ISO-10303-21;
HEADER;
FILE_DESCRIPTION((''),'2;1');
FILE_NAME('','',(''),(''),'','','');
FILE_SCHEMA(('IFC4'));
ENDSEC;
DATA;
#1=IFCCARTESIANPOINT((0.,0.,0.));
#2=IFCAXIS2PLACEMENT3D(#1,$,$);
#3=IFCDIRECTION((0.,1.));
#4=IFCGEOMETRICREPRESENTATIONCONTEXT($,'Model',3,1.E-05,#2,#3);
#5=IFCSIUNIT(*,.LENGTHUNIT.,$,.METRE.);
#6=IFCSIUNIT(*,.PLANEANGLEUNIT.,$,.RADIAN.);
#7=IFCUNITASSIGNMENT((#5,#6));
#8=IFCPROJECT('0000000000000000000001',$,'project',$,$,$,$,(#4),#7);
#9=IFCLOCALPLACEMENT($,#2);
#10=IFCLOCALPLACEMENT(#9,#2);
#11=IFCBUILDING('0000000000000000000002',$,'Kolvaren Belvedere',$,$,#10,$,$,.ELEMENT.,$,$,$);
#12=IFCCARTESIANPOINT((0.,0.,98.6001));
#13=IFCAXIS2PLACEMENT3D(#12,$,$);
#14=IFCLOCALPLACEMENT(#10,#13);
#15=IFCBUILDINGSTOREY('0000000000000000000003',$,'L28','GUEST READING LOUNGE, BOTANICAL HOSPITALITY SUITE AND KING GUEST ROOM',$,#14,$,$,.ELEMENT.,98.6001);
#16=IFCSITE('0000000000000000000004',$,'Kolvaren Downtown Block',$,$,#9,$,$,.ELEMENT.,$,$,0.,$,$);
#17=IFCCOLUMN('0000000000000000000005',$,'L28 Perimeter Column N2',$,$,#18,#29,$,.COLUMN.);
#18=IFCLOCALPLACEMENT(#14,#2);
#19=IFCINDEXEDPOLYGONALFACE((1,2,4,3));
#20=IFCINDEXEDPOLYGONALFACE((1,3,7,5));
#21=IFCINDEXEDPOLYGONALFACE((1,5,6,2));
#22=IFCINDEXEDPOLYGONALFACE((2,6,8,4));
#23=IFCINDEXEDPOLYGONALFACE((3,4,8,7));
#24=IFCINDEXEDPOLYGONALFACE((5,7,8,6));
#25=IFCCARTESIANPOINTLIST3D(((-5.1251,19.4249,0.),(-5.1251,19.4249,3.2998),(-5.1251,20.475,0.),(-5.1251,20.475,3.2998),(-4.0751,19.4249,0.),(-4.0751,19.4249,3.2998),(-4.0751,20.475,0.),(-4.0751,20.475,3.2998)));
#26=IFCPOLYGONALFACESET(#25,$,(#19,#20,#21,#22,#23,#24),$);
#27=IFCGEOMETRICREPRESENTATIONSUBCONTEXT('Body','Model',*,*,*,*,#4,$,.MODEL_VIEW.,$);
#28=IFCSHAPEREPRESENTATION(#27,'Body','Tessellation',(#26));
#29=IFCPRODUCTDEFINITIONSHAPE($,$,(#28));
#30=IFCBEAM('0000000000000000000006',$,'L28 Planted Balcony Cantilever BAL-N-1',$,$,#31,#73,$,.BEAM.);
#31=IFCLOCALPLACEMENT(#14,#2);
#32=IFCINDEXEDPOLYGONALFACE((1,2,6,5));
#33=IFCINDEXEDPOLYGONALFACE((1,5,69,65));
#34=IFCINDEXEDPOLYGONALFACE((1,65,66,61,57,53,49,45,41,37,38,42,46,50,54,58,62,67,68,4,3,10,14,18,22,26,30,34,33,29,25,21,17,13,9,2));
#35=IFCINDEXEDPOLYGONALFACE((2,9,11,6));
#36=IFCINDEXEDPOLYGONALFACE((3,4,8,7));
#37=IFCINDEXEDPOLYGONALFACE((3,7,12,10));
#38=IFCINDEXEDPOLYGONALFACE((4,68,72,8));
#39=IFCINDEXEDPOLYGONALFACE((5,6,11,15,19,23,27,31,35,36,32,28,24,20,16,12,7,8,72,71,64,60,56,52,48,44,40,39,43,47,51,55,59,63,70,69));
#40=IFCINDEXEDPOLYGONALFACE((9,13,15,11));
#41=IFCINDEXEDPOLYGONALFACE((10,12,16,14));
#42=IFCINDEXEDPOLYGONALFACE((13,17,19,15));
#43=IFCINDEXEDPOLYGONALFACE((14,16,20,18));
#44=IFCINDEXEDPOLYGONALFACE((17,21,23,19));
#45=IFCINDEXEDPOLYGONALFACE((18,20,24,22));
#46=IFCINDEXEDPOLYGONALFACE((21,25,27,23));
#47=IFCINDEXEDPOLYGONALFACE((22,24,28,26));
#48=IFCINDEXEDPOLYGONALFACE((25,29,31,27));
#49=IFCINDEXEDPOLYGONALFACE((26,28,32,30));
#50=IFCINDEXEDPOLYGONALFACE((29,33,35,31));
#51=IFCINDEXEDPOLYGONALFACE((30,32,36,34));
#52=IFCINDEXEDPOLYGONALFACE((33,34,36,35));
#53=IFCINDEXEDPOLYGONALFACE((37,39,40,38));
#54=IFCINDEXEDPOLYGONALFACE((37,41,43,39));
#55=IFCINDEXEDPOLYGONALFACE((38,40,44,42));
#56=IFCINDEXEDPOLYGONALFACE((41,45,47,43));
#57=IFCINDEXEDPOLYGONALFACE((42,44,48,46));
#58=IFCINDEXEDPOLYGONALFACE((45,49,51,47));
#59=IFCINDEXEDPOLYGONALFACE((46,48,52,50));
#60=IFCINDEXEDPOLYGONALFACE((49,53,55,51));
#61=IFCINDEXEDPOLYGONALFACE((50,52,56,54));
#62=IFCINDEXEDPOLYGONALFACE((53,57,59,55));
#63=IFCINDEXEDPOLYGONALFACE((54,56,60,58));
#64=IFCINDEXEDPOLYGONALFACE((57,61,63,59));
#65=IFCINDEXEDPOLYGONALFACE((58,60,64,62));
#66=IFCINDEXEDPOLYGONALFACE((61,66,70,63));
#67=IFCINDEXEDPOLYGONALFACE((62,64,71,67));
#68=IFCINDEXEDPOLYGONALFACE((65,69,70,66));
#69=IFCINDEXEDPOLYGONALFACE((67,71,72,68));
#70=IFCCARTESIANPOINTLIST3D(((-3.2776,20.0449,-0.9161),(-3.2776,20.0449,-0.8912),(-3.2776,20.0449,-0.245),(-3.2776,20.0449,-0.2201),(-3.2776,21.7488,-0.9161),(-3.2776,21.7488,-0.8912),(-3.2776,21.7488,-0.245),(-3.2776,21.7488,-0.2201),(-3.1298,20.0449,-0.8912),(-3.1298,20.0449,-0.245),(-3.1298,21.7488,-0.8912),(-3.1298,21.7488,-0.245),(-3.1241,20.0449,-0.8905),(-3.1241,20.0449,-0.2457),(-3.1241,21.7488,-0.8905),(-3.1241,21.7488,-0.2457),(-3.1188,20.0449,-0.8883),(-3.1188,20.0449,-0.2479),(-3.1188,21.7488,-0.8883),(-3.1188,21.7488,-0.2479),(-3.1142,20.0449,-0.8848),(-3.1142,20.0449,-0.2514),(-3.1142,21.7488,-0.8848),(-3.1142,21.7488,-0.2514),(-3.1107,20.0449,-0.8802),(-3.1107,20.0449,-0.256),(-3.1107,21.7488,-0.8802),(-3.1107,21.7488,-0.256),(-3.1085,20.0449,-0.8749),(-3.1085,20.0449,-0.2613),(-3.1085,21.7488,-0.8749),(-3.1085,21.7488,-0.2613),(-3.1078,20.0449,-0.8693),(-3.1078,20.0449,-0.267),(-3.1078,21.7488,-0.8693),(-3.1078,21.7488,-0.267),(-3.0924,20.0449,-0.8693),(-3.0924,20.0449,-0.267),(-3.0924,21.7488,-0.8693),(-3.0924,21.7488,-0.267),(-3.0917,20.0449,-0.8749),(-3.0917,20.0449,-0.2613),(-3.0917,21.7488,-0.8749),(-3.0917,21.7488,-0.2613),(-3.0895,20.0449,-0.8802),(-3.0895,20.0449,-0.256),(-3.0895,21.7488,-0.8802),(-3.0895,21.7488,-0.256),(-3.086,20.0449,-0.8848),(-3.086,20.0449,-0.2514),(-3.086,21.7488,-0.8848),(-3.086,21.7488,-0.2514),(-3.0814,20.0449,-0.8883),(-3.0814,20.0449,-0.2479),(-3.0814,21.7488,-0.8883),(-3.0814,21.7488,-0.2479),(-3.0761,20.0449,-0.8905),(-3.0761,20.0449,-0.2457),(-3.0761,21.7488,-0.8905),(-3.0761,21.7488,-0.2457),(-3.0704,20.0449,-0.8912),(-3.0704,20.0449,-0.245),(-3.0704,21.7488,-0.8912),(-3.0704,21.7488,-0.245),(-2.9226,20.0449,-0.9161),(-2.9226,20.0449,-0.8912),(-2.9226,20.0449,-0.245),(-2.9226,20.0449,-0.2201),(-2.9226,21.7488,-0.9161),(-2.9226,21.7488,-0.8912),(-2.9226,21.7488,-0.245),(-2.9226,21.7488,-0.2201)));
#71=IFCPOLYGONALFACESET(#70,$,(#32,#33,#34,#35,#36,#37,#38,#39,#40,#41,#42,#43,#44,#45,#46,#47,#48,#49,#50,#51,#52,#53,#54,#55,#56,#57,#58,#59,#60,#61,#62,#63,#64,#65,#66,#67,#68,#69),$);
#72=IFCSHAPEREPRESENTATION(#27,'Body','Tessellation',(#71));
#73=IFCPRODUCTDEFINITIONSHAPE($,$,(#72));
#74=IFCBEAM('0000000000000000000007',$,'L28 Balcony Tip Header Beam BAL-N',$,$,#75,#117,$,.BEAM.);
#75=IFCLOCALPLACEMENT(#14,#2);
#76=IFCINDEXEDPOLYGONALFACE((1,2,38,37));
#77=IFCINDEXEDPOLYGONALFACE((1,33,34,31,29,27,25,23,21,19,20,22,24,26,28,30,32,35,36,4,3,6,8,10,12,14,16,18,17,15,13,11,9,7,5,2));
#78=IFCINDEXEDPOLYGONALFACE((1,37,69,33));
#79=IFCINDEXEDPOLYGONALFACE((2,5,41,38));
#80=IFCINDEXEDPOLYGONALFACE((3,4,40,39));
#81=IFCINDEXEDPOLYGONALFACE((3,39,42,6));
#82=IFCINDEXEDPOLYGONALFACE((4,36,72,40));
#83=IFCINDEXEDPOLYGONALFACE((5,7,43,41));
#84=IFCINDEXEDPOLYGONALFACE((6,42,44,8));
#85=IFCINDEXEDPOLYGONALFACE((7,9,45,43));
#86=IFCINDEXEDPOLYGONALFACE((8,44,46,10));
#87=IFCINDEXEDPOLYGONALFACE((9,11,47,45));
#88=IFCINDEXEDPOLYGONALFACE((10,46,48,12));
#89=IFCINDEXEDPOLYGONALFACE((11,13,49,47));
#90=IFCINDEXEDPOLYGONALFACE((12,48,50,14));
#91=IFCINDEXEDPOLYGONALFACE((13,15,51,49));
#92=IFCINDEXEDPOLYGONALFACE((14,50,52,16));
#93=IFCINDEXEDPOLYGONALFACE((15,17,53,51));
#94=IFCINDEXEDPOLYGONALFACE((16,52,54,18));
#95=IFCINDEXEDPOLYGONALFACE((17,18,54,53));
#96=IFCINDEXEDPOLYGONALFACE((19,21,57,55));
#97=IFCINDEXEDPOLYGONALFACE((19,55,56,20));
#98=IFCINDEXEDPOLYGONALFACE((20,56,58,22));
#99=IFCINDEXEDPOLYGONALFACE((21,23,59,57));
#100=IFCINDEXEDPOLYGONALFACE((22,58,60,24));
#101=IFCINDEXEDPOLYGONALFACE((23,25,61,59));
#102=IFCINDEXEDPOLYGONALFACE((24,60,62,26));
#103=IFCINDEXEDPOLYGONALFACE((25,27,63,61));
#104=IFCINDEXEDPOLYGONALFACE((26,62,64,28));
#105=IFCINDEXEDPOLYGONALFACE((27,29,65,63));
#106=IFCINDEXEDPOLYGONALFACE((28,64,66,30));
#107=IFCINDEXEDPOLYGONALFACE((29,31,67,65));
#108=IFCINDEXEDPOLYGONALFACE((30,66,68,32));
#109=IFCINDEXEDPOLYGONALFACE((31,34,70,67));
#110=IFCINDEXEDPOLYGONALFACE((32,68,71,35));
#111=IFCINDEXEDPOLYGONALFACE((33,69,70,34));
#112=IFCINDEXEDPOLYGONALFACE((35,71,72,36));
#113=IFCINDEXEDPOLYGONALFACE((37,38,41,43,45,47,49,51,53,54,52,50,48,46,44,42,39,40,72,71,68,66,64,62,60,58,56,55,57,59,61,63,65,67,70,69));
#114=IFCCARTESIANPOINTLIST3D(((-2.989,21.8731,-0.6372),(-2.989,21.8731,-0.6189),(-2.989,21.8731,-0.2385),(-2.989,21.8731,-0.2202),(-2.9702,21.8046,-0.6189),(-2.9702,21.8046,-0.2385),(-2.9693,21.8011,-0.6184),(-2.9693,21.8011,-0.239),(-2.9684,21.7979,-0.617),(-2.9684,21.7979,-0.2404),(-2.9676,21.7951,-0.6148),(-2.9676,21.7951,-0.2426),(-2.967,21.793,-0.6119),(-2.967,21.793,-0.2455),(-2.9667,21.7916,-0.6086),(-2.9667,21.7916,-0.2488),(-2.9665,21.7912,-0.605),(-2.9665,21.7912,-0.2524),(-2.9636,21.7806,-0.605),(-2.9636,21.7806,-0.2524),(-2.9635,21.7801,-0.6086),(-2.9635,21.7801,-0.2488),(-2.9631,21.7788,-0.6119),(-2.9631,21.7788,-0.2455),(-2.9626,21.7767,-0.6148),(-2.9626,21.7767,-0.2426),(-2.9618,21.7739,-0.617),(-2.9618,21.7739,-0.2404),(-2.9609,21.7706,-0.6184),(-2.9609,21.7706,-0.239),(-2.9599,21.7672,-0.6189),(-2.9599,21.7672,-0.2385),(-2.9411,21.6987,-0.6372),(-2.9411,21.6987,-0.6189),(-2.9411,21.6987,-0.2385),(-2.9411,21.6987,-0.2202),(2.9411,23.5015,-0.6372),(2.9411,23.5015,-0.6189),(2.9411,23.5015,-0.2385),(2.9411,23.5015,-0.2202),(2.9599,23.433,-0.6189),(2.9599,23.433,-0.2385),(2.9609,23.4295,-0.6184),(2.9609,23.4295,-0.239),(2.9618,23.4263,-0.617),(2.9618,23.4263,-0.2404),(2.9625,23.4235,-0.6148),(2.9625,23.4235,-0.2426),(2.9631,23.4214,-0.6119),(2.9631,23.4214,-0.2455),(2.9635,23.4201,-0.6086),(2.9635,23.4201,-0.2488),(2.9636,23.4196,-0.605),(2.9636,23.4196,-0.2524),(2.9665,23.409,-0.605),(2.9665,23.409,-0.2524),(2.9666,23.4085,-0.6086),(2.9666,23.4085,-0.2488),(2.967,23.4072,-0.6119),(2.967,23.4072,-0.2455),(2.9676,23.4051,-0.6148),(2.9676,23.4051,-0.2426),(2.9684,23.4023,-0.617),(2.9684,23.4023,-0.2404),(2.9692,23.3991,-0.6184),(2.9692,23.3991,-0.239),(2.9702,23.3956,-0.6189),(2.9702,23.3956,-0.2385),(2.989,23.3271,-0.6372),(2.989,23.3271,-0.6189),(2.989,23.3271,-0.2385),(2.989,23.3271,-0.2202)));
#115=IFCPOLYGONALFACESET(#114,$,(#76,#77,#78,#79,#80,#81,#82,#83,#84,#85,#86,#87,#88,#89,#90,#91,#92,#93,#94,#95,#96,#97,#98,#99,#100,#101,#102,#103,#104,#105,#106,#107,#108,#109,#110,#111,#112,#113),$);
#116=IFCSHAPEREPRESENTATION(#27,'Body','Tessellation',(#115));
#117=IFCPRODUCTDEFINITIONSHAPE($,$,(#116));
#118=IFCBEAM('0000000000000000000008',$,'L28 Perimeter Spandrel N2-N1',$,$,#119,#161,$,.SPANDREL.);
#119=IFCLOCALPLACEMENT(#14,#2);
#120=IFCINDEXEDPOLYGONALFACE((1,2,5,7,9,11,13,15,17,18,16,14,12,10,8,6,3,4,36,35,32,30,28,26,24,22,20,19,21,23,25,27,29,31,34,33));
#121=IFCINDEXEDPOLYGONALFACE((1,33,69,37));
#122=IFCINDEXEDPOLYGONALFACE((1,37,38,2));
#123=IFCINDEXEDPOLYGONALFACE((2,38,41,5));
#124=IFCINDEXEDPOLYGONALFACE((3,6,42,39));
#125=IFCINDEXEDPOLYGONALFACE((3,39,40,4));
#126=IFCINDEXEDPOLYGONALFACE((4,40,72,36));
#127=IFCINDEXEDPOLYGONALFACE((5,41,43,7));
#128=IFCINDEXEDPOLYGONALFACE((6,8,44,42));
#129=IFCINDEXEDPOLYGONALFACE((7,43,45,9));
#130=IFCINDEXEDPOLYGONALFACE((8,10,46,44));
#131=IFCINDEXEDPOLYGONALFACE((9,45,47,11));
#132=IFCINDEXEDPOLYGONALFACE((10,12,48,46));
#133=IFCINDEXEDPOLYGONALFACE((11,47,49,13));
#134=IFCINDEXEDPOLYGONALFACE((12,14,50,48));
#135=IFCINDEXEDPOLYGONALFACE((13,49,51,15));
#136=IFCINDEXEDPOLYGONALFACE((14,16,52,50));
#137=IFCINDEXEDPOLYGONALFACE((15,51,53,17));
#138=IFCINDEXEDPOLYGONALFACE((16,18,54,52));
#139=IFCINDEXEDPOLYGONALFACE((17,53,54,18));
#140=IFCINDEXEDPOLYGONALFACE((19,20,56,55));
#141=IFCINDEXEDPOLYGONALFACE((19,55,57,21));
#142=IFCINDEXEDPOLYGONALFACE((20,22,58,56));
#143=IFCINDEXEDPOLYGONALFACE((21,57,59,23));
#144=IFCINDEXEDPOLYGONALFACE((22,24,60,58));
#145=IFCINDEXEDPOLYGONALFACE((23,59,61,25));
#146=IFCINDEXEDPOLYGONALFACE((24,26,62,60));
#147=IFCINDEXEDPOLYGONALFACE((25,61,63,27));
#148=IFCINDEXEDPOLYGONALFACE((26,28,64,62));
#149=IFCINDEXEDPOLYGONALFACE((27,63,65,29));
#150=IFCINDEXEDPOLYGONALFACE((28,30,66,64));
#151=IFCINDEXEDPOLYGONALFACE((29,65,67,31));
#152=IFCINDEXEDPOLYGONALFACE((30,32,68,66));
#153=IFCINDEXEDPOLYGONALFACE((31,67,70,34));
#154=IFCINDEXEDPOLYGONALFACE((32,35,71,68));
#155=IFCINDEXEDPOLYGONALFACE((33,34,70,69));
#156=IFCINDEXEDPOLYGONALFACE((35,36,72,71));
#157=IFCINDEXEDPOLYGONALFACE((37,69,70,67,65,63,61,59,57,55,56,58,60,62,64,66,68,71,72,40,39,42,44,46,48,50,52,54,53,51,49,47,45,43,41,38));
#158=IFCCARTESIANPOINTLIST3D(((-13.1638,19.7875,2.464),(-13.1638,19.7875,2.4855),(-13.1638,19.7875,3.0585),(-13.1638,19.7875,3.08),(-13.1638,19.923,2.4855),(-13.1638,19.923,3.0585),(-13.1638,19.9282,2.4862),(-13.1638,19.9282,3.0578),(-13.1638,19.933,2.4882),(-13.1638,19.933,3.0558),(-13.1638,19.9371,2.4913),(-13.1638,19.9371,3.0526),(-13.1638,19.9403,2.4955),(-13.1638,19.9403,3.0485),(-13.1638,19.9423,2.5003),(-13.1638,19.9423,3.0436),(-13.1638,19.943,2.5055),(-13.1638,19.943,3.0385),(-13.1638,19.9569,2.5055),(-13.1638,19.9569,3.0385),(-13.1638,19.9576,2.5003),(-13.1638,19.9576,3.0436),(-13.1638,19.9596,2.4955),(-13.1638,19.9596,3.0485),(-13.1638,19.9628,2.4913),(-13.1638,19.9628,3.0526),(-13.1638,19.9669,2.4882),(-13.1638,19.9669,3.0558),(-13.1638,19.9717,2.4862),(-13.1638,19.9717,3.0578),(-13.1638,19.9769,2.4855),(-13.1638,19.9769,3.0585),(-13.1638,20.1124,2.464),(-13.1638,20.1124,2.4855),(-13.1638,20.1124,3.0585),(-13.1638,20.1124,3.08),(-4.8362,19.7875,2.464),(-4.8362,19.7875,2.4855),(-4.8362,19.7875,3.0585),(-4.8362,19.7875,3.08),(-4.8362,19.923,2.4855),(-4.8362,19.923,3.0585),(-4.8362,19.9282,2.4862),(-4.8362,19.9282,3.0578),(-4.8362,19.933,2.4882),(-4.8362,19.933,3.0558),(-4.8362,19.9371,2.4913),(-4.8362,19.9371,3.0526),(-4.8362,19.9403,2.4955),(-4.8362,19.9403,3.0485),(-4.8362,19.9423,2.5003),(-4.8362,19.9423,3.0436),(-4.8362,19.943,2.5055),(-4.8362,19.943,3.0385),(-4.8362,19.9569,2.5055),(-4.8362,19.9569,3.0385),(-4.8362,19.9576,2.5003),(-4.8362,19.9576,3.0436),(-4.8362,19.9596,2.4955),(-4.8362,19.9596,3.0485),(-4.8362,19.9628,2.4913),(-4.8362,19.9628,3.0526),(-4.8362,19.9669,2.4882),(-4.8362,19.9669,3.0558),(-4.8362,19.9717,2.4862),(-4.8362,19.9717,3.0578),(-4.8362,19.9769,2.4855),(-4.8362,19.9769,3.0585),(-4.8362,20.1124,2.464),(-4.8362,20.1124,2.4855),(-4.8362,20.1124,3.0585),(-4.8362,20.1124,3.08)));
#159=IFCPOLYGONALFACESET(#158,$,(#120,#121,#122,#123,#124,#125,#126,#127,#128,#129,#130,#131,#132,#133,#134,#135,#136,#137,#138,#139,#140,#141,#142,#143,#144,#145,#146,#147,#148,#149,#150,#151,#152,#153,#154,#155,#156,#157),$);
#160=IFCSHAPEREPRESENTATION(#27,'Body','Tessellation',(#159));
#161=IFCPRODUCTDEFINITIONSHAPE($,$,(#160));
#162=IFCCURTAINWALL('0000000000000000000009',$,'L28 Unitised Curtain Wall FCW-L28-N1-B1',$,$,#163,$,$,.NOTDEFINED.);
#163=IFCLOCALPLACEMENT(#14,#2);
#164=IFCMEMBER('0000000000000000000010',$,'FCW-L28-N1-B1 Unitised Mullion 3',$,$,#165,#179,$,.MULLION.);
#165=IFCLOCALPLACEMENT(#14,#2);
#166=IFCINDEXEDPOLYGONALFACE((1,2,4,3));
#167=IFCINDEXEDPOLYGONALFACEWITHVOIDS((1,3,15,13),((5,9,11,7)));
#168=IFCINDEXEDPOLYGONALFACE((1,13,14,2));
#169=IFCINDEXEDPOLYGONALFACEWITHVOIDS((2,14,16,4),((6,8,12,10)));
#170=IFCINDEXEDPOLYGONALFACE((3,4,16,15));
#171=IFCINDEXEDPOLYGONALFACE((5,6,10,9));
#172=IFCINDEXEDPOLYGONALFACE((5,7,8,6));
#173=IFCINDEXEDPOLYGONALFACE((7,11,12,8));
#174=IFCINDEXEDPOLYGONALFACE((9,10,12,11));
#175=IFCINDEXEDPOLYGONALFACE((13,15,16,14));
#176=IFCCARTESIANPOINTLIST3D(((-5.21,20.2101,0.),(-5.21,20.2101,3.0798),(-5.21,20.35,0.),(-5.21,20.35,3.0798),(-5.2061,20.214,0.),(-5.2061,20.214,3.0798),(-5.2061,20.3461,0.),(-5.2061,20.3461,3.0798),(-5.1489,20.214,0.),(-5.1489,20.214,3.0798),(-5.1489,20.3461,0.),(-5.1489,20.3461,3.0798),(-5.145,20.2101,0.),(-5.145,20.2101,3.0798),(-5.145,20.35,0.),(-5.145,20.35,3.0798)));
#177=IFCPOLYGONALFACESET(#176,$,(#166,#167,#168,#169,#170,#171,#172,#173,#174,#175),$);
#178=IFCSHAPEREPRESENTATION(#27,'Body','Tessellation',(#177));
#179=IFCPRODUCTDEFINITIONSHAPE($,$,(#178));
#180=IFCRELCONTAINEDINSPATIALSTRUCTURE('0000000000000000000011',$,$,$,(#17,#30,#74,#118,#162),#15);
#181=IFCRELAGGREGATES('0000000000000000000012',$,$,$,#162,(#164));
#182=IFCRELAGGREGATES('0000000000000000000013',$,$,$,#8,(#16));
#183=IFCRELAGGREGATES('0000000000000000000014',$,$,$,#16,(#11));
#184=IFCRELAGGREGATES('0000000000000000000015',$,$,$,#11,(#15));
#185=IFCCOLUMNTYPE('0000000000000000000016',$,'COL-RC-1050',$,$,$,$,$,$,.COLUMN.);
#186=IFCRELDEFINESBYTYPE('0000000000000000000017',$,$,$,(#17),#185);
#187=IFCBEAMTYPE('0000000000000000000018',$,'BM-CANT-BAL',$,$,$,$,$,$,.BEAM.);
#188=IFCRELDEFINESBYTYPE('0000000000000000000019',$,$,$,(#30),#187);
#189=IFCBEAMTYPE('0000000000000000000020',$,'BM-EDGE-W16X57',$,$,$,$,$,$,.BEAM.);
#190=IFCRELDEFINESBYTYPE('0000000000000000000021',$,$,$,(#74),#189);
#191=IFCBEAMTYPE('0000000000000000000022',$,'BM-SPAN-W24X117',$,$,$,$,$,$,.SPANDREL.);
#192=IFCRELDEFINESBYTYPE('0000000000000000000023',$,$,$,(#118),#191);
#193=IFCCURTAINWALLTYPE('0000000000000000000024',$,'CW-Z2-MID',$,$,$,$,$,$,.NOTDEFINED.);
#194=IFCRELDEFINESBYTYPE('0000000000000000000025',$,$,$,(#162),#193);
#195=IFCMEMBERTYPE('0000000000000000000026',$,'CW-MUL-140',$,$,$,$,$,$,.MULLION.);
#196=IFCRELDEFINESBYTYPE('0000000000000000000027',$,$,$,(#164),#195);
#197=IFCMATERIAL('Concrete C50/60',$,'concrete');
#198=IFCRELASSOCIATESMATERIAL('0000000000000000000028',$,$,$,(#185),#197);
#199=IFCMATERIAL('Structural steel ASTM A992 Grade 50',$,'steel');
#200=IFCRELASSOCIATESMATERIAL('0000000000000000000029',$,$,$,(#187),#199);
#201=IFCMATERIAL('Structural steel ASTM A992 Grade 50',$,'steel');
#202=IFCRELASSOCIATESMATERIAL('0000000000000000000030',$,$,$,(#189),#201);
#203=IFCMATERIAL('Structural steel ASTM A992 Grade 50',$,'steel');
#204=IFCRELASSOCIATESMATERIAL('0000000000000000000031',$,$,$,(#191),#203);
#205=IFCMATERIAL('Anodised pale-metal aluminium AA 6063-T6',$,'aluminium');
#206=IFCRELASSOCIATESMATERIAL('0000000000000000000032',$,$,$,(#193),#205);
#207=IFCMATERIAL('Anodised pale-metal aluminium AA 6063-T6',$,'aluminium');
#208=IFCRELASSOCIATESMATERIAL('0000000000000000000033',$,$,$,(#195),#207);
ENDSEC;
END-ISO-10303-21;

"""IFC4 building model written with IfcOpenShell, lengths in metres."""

from ifc_helpers import new_model, si_unit, direction, frame, origin, origin_2d, place, context, subcontext, project, spatial, rectangle, hollow_rectangle, i_section, extrude, material, material_profile, profile_set, type_object, element, aggregate, save


model = new_model("IFC4")

# Units and contexts
model_context = context("Model", 3, precision=1e-05, world=origin(), true_north=direction((0.0, 1.0)))
body_context = subcontext(model_context, "Body", "Model", "MODEL_VIEW")
ifc_project = project(units=[si_unit("LENGTHUNIT", "METRE"), si_unit("PLANEANGLEUNIT", "RADIAN")], contexts=[model_context])

# Site, building, storey
site_placement = place(None, origin())
site = spatial("IfcSite", under=ifc_project, at=site_placement, Name="Kolvaren Downtown Block", CompositionType="ELEMENT", RefElevation=0.0)
building_placement = place(site_placement, origin())
building = spatial("IfcBuilding", under=site, at=building_placement, Name="Kolvaren Belvedere", CompositionType="ELEMENT")
storey_placement = place(building_placement, frame((0.0, 0.0, 98.6001)))
storey = spatial("IfcBuildingStorey", under=building, at=storey_placement, Name="L28", Description="GUEST READING LOUNGE, BOTANICAL HOSPITALITY SUITE AND KING GUEST ROOM", CompositionType="ELEMENT", Elevation=98.6001)

# Column
ifc_material_1 = material(Name="Concrete C50/60", Category="concrete")
ifc_material_profile_1 = material_profile(ifc_material_1, rectangle(XDim=1.05, YDim=1.05, at=origin_2d()), Name="RC 1050X1050")
ifc_profile_set_1 = profile_set([ifc_material_profile_1], Name="Concrete C50/60")
column_type = type_object("IfcColumnType", Name="COL-RC-1050", PredefinedType="COLUMN", material=ifc_profile_set_1)
column_placement = place(storey_placement, frame((-4.6001, 19.95, 0.0), z_axis=(0.0, 0.0, 1.0), x_axis=(1.0, 0.0, 0.0)))
element("IfcColumn", 1, at=column_placement, inside=storey, type_object=column_type, Name="L28 Perimeter Column N2", PredefinedType="COLUMN", context=body_context, shape_type="SweptSolid", body=[
    extrude(rectangle(XDim=1.05, YDim=1.05, at=origin_2d()), origin(), (0.0, 0.0, 1.0), 3.2998),
])

# Beams
ifc_material_2 = material(Name="Structural steel ASTM A992 Grade 50", Category="steel")
ifc_material_profile_2 = material_profile(ifc_material_2, i_section(OverallWidth=0.355, OverallDepth=0.696, WebThickness=0.0154, FlangeThickness=0.0249, FilletRadius=0.022, at=origin_2d()), Name="W27X146")
ifc_profile_set_2 = profile_set([ifc_material_profile_2], Name="Structural steel ASTM A992 Grade 50")
beam_type_1 = type_object("IfcBeamType", Name="BM-CANT-BAL", PredefinedType="BEAM", material=ifc_profile_set_2)
beam_1_placement = place(storey_placement, frame((-3.1001, 20.0449, -0.5681), z_axis=(0.0, 1.0, 0.0), x_axis=(-1.0, 0.0, 0.0)))
element("IfcBeam", 2, at=beam_1_placement, inside=storey, type_object=beam_type_1, Name="L28 Planted Balcony Cantilever BAL-N-1", PredefinedType="BEAM", context=body_context, shape_type="SweptSolid", body=[
    extrude(i_section(OverallWidth=0.355, OverallDepth=0.696, WebThickness=0.0154, FlangeThickness=0.0249, FilletRadius=0.022, at=origin_2d()), origin(), (0.0, 0.0, 1.0), 1.7039),
])
ifc_material_3 = material(Name="Structural steel ASTM A992 Grade 50", Category="steel")
ifc_material_profile_3 = material_profile(ifc_material_3, i_section(OverallWidth=0.1809, OverallDepth=0.417, WebThickness=0.011, FlangeThickness=0.0183, FilletRadius=0.0139, at=origin_2d()), Name="W16X57")
ifc_profile_set_3 = profile_set([ifc_material_profile_3], Name="Structural steel ASTM A992 Grade 50")
beam_type_2 = type_object("IfcBeamType", Name="BM-EDGE-W16X57", PredefinedType="BEAM", material=ifc_profile_set_3)
beam_2_placement = place(storey_placement, frame((-2.9651, 21.7859, -0.4287), z_axis=(0.964304, 0.264797, 0.0), x_axis=(-0.264797, 0.964304, 0.0)))
element("IfcBeam", 3, at=beam_2_placement, inside=storey, type_object=beam_type_2, Name="L28 Balcony Tip Header Beam BAL-N", PredefinedType="BEAM", context=body_context, shape_type="SweptSolid", body=[
    extrude(i_section(OverallWidth=0.1809, OverallDepth=0.417, WebThickness=0.011, FlangeThickness=0.0183, FilletRadius=0.0139, at=origin_2d()), origin(), (0.0, 0.0, 1.0), 6.1497),
])
ifc_material_4 = material(Name="Structural steel ASTM A992 Grade 50", Category="steel")
ifc_material_profile_4 = material_profile(ifc_material_4, i_section(OverallWidth=0.325, OverallDepth=0.616, WebThickness=0.0139, FlangeThickness=0.0215, FilletRadius=0.02, at=origin_2d()), Name="W24X117")
ifc_profile_set_4 = profile_set([ifc_material_profile_4], Name="Structural steel ASTM A992 Grade 50")
beam_type_3 = type_object("IfcBeamType", Name="BM-SPAN-W24X117", PredefinedType="SPANDREL", material=ifc_profile_set_4)
beam_3_placement = place(storey_placement, frame((-4.8362, 19.95, 2.772), z_axis=(-1.0, 0.0, 0.0), x_axis=(0.0, -1.0, 0.0)))
element("IfcBeam", 4, at=beam_3_placement, inside=storey, type_object=beam_type_3, Name="L28 Perimeter Spandrel N2-N1", PredefinedType="SPANDREL", context=body_context, shape_type="SweptSolid", body=[
    extrude(i_section(OverallWidth=0.325, OverallDepth=0.616, WebThickness=0.0139, FlangeThickness=0.0215, FilletRadius=0.02, at=origin_2d()), origin(), (0.0, 0.0, 1.0), 8.3276),
])

# Curtain wall, member
ifc_material_5 = material(Name="Anodised pale-metal aluminium AA 6063-T6", Category="aluminium")
curtain_wall_type = type_object("IfcCurtainWallType", Name="CW-Z2-MID", PredefinedType="NOTDEFINED", material=ifc_material_5)
curtain_wall_1_placement = place(storey_placement, origin())
curtain_wall_1 = element("IfcCurtainWall", 5, at=curtain_wall_1_placement, inside=storey, type_object=curtain_wall_type, Name="L28 Unitised Curtain Wall FCW-L28-N1-B1", PredefinedType="NOTDEFINED")
ifc_material_6 = material(Name="Anodised pale-metal aluminium AA 6063-T6", Category="aluminium")
ifc_material_profile_5 = material_profile(ifc_material_6, hollow_rectangle(XDim=0.0649, YDim=0.1399, WallThickness=0.0039, at=origin_2d()), Name="ALU-MUL-140X65")
ifc_profile_set_5 = profile_set([ifc_material_profile_5], Name="Anodised pale-metal aluminium AA 6063-T6")
member_type_1 = type_object("IfcMemberType", Name="CW-MUL-140", PredefinedType="MULLION", material=ifc_profile_set_5)
member_1_placement = place(storey_placement, frame((-5.1775, 20.28, 0.0), z_axis=(0.0, 0.0, 1.0), x_axis=(1.0, 0.0, 0.0)))
member_1 = element("IfcMember", 6, at=member_1_placement, type_object=member_type_1, Name="FCW-L28-N1-B1 Unitised Mullion 3", PredefinedType="MULLION", context=body_context, shape_type="SweptSolid", body=[
    extrude(hollow_rectangle(XDim=0.0649, YDim=0.1399, WallThickness=0.0039, at=origin_2d()), origin(), (0.0, 0.0, 1.0), 3.0798),
])

aggregate(curtain_wall_1, [member_1])

save(model, "model.ifc")
